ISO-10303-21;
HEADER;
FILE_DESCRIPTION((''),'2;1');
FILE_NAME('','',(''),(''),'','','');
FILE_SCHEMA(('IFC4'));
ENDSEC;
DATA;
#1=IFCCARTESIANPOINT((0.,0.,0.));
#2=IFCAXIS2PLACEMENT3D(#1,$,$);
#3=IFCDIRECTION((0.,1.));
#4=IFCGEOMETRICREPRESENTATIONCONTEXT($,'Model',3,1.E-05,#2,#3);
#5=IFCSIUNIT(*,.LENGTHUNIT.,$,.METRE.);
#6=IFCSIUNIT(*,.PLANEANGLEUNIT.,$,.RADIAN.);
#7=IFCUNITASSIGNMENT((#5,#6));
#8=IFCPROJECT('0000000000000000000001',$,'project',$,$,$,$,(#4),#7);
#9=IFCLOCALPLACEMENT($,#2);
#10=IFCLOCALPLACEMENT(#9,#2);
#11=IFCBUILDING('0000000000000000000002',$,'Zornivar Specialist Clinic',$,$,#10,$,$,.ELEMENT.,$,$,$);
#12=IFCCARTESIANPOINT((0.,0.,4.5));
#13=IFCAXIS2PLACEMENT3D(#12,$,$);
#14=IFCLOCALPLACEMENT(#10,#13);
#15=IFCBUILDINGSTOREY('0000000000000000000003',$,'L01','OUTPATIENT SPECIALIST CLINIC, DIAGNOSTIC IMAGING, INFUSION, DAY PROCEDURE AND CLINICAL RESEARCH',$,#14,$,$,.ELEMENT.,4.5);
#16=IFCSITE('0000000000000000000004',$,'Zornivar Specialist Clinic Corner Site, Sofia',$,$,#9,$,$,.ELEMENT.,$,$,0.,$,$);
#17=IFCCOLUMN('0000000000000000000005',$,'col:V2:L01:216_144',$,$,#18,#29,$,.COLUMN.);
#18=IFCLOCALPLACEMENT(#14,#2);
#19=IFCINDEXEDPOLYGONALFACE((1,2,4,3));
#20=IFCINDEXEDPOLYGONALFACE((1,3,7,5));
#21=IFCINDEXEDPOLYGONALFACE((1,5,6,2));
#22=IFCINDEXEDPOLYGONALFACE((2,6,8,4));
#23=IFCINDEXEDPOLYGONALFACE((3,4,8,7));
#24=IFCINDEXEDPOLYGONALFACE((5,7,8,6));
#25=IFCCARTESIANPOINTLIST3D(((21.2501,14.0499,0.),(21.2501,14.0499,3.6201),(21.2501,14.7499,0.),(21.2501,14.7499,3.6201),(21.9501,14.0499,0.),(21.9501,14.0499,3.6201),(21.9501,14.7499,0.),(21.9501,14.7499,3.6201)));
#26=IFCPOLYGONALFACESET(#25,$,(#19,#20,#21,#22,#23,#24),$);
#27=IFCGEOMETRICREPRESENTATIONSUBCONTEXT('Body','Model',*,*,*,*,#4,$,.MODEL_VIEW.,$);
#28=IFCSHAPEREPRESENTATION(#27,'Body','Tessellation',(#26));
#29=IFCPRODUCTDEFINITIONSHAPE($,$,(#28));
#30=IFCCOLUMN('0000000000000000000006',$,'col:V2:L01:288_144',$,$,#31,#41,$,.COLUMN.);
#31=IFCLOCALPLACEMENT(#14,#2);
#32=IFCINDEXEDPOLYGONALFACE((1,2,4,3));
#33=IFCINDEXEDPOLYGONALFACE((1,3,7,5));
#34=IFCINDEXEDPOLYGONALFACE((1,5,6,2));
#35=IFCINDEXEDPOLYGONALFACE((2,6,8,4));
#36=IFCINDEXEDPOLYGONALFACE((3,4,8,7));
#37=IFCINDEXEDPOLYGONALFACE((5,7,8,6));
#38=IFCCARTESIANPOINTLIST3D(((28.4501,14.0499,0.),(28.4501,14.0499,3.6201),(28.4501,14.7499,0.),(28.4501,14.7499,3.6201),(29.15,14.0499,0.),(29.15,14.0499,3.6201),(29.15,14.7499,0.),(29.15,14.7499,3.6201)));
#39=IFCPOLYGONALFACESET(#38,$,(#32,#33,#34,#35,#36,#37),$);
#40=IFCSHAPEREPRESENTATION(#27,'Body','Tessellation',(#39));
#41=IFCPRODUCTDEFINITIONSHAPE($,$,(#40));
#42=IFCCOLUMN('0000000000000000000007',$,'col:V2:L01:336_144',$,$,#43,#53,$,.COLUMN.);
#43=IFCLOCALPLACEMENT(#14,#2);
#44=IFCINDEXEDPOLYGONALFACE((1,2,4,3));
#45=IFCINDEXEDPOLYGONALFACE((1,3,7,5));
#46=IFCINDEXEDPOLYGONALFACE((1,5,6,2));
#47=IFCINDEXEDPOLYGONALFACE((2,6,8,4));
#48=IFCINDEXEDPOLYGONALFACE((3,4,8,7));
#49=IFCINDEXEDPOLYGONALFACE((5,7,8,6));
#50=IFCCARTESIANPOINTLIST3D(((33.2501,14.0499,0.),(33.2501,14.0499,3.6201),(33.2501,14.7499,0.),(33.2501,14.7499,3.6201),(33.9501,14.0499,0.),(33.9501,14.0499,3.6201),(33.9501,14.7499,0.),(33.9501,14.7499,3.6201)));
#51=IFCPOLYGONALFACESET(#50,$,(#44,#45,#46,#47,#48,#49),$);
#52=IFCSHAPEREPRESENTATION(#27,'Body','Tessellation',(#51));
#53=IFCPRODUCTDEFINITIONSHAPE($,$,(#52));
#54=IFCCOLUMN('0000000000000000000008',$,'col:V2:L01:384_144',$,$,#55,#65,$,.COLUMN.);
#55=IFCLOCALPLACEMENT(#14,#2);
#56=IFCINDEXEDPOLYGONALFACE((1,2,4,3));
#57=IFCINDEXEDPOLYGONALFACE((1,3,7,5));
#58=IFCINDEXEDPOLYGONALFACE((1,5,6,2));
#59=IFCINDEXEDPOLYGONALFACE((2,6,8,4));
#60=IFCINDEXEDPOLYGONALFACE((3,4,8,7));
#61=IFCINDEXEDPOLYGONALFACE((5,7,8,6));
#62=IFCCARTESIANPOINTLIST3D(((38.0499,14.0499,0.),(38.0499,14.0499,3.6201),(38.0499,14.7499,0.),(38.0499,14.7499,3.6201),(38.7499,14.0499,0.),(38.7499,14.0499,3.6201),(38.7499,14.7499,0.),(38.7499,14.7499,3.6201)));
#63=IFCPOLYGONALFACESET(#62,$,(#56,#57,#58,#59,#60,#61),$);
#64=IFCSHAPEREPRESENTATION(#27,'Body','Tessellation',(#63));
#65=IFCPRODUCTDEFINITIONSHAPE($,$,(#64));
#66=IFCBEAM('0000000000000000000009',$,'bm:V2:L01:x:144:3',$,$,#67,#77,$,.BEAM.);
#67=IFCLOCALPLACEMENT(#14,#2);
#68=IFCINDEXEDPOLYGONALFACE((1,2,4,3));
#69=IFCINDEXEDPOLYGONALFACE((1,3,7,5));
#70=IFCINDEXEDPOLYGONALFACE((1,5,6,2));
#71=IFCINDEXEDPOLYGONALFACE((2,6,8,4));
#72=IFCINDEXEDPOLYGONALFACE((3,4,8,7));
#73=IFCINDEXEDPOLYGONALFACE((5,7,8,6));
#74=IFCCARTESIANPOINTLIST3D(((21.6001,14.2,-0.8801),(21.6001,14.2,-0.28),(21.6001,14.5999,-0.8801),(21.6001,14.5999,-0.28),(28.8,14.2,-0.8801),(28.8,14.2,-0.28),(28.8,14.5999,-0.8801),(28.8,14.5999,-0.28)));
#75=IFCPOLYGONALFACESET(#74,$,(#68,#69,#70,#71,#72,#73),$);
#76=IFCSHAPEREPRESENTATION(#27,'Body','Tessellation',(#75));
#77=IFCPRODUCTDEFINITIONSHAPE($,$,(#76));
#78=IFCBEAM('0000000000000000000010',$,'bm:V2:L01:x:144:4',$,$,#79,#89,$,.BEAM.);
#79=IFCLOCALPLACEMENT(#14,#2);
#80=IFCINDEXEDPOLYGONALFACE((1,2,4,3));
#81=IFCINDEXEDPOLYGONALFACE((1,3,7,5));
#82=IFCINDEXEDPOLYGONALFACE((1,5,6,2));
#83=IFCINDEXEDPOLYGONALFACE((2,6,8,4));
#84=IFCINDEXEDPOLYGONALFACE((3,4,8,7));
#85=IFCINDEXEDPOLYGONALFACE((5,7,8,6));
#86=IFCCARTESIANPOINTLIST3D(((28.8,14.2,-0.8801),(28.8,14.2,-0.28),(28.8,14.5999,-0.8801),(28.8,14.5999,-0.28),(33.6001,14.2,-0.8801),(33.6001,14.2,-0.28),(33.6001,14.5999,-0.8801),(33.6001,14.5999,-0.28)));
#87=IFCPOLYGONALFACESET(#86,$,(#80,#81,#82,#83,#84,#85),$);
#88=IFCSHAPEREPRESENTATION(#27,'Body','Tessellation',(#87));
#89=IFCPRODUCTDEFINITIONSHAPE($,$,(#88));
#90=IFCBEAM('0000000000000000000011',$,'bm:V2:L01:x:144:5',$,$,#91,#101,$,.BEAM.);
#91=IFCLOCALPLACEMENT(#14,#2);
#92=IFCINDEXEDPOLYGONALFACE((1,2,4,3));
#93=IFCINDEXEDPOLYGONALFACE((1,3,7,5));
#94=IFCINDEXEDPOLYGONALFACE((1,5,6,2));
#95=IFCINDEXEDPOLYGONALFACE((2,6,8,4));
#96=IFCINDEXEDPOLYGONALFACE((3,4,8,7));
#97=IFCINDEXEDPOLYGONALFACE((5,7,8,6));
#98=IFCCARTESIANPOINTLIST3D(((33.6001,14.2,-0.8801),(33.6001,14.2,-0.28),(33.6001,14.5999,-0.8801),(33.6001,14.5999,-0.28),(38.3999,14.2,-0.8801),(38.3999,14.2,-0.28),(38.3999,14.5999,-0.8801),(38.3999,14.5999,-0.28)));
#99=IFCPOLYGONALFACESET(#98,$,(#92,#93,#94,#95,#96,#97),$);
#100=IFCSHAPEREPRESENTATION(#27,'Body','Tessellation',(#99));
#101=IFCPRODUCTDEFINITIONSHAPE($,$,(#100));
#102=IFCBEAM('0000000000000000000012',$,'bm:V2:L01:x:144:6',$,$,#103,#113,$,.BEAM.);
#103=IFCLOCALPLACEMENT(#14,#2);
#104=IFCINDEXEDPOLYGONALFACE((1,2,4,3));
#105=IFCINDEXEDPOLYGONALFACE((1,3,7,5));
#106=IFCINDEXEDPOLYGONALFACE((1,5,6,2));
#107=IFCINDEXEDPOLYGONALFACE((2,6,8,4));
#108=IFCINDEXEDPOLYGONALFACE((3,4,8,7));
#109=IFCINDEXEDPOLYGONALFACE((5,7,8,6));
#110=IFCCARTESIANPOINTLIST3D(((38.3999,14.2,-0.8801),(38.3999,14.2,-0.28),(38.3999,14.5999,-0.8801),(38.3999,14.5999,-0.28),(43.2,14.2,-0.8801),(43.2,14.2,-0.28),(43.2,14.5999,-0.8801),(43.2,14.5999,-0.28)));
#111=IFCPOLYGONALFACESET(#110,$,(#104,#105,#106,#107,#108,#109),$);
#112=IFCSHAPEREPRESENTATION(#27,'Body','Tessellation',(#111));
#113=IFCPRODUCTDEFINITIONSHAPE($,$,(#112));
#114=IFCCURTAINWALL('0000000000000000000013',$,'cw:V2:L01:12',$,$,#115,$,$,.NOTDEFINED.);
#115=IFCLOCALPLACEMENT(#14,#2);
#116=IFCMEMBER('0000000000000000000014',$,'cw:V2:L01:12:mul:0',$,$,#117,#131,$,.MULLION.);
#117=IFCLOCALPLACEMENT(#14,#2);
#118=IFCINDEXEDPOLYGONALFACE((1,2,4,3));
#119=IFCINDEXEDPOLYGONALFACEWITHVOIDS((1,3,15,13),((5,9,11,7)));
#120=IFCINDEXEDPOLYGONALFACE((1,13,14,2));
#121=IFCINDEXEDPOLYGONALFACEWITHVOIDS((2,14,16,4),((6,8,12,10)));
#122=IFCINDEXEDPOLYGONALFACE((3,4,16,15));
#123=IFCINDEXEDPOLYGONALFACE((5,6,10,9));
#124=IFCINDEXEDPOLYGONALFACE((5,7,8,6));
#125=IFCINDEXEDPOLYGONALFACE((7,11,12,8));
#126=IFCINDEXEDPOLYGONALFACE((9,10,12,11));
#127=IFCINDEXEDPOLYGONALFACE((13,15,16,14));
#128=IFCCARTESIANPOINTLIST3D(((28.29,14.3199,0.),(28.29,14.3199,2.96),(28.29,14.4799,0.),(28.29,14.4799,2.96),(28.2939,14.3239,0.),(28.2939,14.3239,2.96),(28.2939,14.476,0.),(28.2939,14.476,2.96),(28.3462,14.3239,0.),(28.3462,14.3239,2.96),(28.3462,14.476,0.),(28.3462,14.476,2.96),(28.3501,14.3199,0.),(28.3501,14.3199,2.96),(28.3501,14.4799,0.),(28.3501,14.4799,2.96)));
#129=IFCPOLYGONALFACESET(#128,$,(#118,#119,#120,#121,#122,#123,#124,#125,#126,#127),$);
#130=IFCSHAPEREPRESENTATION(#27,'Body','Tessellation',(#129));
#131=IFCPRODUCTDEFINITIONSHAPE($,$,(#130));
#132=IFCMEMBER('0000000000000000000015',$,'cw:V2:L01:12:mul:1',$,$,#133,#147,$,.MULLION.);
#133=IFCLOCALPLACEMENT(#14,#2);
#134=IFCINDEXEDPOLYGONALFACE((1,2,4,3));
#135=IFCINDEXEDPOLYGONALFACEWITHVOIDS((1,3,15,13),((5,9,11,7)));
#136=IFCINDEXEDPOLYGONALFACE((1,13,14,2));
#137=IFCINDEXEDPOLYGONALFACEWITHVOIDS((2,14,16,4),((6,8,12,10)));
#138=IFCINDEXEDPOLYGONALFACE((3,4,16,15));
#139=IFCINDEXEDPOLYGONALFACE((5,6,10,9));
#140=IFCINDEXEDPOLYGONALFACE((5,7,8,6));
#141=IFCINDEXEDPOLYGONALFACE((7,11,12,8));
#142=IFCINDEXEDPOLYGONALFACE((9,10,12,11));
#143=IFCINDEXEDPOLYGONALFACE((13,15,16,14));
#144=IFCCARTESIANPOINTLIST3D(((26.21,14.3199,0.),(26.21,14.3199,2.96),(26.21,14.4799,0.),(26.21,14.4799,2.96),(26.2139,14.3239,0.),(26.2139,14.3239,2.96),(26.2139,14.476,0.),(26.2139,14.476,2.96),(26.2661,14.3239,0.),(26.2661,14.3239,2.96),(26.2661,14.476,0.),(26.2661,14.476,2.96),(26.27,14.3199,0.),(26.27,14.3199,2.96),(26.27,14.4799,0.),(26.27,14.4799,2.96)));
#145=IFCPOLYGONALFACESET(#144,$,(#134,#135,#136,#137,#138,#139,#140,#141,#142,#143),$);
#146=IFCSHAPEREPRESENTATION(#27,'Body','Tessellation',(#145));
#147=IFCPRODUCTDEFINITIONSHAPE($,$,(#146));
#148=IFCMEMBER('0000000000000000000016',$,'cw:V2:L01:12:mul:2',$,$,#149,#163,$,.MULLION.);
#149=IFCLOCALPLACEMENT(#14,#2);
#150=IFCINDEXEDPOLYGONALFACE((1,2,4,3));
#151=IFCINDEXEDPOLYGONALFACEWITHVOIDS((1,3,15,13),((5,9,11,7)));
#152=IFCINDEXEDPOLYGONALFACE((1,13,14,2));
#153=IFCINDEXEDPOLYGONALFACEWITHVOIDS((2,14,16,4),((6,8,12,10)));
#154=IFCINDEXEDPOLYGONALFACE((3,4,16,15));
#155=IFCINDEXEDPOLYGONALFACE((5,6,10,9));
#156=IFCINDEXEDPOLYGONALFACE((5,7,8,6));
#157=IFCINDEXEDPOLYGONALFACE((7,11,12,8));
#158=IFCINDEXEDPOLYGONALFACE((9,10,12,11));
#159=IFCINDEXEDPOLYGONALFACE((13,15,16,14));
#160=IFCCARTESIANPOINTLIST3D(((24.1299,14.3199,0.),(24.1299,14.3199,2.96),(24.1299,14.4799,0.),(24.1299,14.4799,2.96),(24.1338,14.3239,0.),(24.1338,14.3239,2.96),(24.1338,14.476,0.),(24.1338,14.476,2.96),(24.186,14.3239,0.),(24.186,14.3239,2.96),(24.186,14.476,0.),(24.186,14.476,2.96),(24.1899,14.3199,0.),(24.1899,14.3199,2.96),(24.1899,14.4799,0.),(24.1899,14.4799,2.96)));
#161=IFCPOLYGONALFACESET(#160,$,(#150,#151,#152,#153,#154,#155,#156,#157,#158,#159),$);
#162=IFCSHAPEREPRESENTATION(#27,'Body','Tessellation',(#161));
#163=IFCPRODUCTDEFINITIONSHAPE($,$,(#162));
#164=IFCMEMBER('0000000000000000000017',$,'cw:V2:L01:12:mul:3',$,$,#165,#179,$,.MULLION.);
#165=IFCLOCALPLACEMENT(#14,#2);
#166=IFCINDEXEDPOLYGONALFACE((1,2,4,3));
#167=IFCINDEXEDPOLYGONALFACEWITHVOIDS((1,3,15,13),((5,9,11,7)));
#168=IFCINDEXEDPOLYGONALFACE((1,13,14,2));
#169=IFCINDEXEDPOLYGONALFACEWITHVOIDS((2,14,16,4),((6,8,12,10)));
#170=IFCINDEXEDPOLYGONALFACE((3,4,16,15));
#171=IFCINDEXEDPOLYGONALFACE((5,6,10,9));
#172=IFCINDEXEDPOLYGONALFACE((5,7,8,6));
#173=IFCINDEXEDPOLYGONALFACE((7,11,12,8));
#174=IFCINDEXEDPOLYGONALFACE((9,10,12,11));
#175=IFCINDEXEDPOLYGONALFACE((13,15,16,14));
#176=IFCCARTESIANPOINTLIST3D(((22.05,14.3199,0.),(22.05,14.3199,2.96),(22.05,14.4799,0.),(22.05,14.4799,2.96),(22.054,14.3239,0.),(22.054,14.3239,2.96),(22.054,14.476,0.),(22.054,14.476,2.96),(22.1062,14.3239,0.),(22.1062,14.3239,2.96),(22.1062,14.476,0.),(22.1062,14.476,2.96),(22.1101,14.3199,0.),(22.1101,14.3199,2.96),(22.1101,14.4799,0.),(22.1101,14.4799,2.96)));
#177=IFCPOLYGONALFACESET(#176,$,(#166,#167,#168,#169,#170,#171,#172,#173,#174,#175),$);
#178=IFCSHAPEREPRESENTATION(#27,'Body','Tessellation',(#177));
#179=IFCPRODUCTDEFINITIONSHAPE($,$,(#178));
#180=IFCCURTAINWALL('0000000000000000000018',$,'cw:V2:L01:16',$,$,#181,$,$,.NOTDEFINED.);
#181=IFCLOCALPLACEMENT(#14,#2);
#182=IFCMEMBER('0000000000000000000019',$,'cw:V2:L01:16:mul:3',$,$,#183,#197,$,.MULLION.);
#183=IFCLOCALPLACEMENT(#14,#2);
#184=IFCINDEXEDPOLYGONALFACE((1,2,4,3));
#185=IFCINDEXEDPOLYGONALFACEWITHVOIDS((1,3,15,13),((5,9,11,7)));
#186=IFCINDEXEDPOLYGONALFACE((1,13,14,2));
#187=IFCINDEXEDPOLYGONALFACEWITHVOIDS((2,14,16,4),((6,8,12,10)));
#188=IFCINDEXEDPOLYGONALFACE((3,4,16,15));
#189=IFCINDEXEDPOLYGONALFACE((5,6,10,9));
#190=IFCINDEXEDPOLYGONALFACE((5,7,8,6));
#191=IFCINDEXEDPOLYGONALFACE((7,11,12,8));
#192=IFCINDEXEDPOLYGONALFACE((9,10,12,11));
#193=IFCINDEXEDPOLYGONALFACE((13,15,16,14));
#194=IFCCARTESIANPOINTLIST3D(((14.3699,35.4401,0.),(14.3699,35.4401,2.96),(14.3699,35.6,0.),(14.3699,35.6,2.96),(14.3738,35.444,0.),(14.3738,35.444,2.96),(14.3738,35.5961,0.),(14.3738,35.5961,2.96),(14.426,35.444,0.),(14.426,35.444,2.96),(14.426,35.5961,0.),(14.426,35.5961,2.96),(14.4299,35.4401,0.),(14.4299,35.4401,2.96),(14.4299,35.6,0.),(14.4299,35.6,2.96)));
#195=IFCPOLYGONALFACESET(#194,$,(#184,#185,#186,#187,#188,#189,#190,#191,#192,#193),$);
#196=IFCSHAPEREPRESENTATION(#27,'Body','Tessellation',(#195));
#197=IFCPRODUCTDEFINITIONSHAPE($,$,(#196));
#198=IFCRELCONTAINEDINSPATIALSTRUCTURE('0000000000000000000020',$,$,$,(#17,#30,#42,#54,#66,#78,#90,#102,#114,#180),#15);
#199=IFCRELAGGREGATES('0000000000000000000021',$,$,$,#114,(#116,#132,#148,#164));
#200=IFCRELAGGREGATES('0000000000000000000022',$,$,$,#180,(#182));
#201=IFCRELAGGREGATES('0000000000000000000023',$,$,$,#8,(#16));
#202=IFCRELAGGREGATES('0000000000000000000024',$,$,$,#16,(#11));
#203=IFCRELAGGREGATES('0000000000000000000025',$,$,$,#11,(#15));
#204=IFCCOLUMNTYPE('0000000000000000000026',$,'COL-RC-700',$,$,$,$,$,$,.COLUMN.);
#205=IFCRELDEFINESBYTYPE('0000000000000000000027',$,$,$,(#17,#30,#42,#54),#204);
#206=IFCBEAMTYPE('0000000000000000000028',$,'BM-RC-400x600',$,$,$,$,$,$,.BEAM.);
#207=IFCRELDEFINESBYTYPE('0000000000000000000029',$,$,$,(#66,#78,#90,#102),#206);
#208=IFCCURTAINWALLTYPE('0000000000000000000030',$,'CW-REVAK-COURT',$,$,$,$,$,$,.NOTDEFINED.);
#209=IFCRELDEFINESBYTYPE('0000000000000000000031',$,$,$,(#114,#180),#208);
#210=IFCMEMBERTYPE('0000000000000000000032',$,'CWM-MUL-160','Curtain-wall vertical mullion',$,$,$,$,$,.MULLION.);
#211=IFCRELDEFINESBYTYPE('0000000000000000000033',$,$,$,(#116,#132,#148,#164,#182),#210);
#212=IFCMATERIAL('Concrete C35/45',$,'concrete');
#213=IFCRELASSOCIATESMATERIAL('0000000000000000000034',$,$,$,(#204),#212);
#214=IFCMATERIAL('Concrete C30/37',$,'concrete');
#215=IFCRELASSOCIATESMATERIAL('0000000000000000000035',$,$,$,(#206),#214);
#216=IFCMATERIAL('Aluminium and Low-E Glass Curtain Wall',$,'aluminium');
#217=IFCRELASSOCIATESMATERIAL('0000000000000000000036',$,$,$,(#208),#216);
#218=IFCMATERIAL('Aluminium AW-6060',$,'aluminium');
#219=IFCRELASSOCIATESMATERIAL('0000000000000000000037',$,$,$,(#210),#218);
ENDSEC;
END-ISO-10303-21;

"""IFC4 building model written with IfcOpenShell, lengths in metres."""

from ifc_helpers import new_model, si_unit, direction, frame, origin, origin_2d, place, context, subcontext, project, spatial, rectangle, hollow_rectangle, extrude, material, material_profile, profile_set, type_object, element, aggregate, save


model = new_model("IFC4")

# Units and contexts
model_context = context("Model", 3, precision=1e-05, world=origin(), true_north=direction((0.0, 1.0)))
body_context = subcontext(model_context, "Body", "Model", "MODEL_VIEW")
ifc_project = project(units=[si_unit("LENGTHUNIT", "METRE"), si_unit("PLANEANGLEUNIT", "RADIAN")], contexts=[model_context])

# Site, building, storey
site_placement = place(None, origin())
site = spatial("IfcSite", under=ifc_project, at=site_placement, Name="Zornivar Specialist Clinic Corner Site, Sofia", CompositionType="ELEMENT", RefElevation=0.0)
building_placement = place(site_placement, origin())
building = spatial("IfcBuilding", under=site, at=building_placement, Name="Zornivar Specialist Clinic", CompositionType="ELEMENT")
storey_placement = place(building_placement, frame((0.0, 0.0, 4.5)))
storey = spatial("IfcBuildingStorey", under=building, at=storey_placement, Name="L01", Description="OUTPATIENT SPECIALIST CLINIC, DIAGNOSTIC IMAGING, INFUSION, DAY PROCEDURE AND CLINICAL RESEARCH", CompositionType="ELEMENT", Elevation=4.5)

# Columns
ifc_material_1 = material(Name="Concrete C35/45", Category="concrete")
ifc_material_profile_1 = material_profile(ifc_material_1, rectangle(XDim=0.7, YDim=0.7, at=origin_2d()), Name="RC 700x700")
ifc_profile_set_1 = profile_set([ifc_material_profile_1], Name="Concrete C35/45")
column_type = type_object("IfcColumnType", Name="COL-RC-700", PredefinedType="COLUMN", material=ifc_profile_set_1)
for number, where, z_axis, x_axis, name in (
    (1, (21.6001, 14.3999, 0.0), (0.0, 0.0, 1.0), (1.0, 0.0, 0.0), "col:V2:L01:216_144"),
    (2, (28.8, 14.3999, 0.0), (0.0, 0.0, 1.0), (1.0, 0.0, 0.0), "col:V2:L01:288_144"),
    (3, (33.6001, 14.3999, 0.0), (0.0, 0.0, 1.0), (1.0, 0.0, 0.0), "col:V2:L01:336_144"),
    (4, (38.3999, 14.3999, 0.0), (0.0, 0.0, 1.0), (1.0, 0.0, 0.0), "col:V2:L01:384_144"),
):
    element("IfcColumn", number, at=place(storey_placement, frame(where, z_axis=z_axis, x_axis=x_axis)), inside=storey, type_object=column_type, Name=name, PredefinedType="COLUMN", context=body_context, shape_type="SweptSolid", body=[
        extrude(rectangle(XDim=0.7, YDim=0.7, at=origin_2d()), origin(), (0.0, 0.0, 1.0), 3.6201),
    ])

# Beams
ifc_material_2 = material(Name="Concrete C30/37", Category="concrete")
ifc_material_profile_2 = material_profile(ifc_material_2, rectangle(XDim=0.3999, YDim=0.6001, at=origin_2d()), Name="RC 400x600")
ifc_profile_set_2 = profile_set([ifc_material_profile_2], Name="Concrete C30/37")
beam_type = type_object("IfcBeamType", Name="BM-RC-400x600", PredefinedType="BEAM", material=ifc_profile_set_2)
beam_1_placement = place(storey_placement, frame((21.6001, 14.3999, -0.5801), z_axis=(1.0, 0.0, 0.0), x_axis=(0.0, 1.0, 0.0)))
element("IfcBeam", 5, at=beam_1_placement, inside=storey, type_object=beam_type, Name="bm:V2:L01:x:144:3", PredefinedType="BEAM", context=body_context, shape_type="SweptSolid", body=[
    extrude(rectangle(XDim=0.3999, YDim=0.6001, at=origin_2d()), origin(), (0.0, 0.0, 1.0), 7.2),
])
beam_2_placement = place(storey_placement, frame((28.8, 14.3999, -0.5801), z_axis=(1.0, 0.0, 0.0), x_axis=(0.0, 1.0, 0.0)))
element("IfcBeam", 6, at=beam_2_placement, inside=storey, type_object=beam_type, Name="bm:V2:L01:x:144:4", PredefinedType="BEAM", context=body_context, shape_type="SweptSolid", body=[
    extrude(rectangle(XDim=0.3999, YDim=0.6001, at=origin_2d()), origin(), (0.0, 0.0, 1.0), 4.8),
])
beam_3_placement = place(storey_placement, frame((33.6001, 14.3999, -0.5801), z_axis=(1.0, 0.0, 0.0), x_axis=(0.0, 1.0, 0.0)))
element("IfcBeam", 7, at=beam_3_placement, inside=storey, type_object=beam_type, Name="bm:V2:L01:x:144:5", PredefinedType="BEAM", context=body_context, shape_type="SweptSolid", body=[
    extrude(rectangle(XDim=0.3999, YDim=0.6001, at=origin_2d()), origin(), (0.0, 0.0, 1.0), 4.7998),
])
beam_4_placement = place(storey_placement, frame((38.3999, 14.3999, -0.5801), z_axis=(1.0, 0.0, 0.0), x_axis=(0.0, 1.0, 0.0)))
element("IfcBeam", 8, at=beam_4_placement, inside=storey, type_object=beam_type, Name="bm:V2:L01:x:144:6", PredefinedType="BEAM", context=body_context, shape_type="SweptSolid", body=[
    extrude(rectangle(XDim=0.3999, YDim=0.6001, at=origin_2d()), origin(), (0.0, 0.0, 1.0), 4.8),
])

# Curtain wall, members
ifc_material_3 = material(Name="Aluminium and Low-E Glass Curtain Wall", Category="aluminium")
curtain_wall_type = type_object("IfcCurtainWallType", Name="CW-REVAK-COURT", PredefinedType="NOTDEFINED", material=ifc_material_3)
curtain_wall_1_placement = place(storey_placement, origin())
curtain_wall_1 = element("IfcCurtainWall", 9, at=curtain_wall_1_placement, inside=storey, type_object=curtain_wall_type, Name="cw:V2:L01:12", PredefinedType="NOTDEFINED")
ifc_material_4 = material(Name="Aluminium AW-6060", Category="aluminium")
ifc_material_profile_3 = material_profile(ifc_material_4, hollow_rectangle(XDim=0.0601, YDim=0.1599, WallThickness=0.0039, at=origin_2d()), Name="ALU 60x160x4")
ifc_profile_set_3 = profile_set([ifc_material_profile_3], Name="Aluminium AW-6060")
member_type_1 = type_object("IfcMemberType", Name="CWM-MUL-160", Description="Curtain-wall vertical mullion", PredefinedType="MULLION", material=ifc_profile_set_3)
member_1_placement = place(storey_placement, frame((28.3201, 14.3999, 0.0), z_axis=(0.0, 0.0, 1.0), x_axis=(1.0, 0.0, 0.0)))
member_1 = element("IfcMember", 10, at=member_1_placement, type_object=member_type_1, Name="cw:V2:L01:12:mul:0", PredefinedType="MULLION", context=body_context, shape_type="SweptSolid", body=[
    extrude(hollow_rectangle(XDim=0.0601, YDim=0.1599, WallThickness=0.0039, at=origin_2d()), origin(), (0.0, 0.0, 1.0), 2.96),
])
member_2_placement = place(storey_placement, frame((26.24, 14.3999, 0.0), z_axis=(0.0, 0.0, 1.0), x_axis=(1.0, 0.0, 0.0)))
member_2 = element("IfcMember", 11, at=member_2_placement, type_object=member_type_1, Name="cw:V2:L01:12:mul:1", PredefinedType="MULLION", context=body_context, shape_type="SweptSolid", body=[
    extrude(hollow_rectangle(XDim=0.0601, YDim=0.1599, WallThickness=0.0039, at=origin_2d()), origin(), (0.0, 0.0, 1.0), 2.96),
])
member_3_placement = place(storey_placement, frame((24.1599, 14.3999, 0.0), z_axis=(0.0, 0.0, 1.0), x_axis=(1.0, 0.0, 0.0)))
member_3 = element("IfcMember", 12, at=member_3_placement, type_object=member_type_1, Name="cw:V2:L01:12:mul:2", PredefinedType="MULLION", context=body_context, shape_type="SweptSolid", body=[
    extrude(hollow_rectangle(XDim=0.0601, YDim=0.1599, WallThickness=0.0039, at=origin_2d()), origin(), (0.0, 0.0, 1.0), 2.96),
])
member_4_placement = place(storey_placement, frame((22.0801, 14.3999, 0.0), z_axis=(0.0, 0.0, 1.0), x_axis=(1.0, 0.0, 0.0)))
member_4 = element("IfcMember", 13, at=member_4_placement, type_object=member_type_1, Name="cw:V2:L01:12:mul:3", PredefinedType="MULLION", context=body_context, shape_type="SweptSolid", body=[
    extrude(hollow_rectangle(XDim=0.0601, YDim=0.1599, WallThickness=0.0039, at=origin_2d()), origin(), (0.0, 0.0, 1.0), 2.96),
])

# Curtain wall, member
curtain_wall_2_placement = place(storey_placement, origin())
curtain_wall_2 = element("IfcCurtainWall", 14, at=curtain_wall_2_placement, inside=storey, type_object=curtain_wall_type, Name="cw:V2:L01:16", PredefinedType="NOTDEFINED")
member_5_placement = place(storey_placement, frame((14.3999, 35.52, 0.0), z_axis=(0.0, 0.0, 1.0), x_axis=(1.0, 0.0, 0.0)))
member_5 = element("IfcMember", 15, at=member_5_placement, type_object=member_type_1, Name="cw:V2:L01:16:mul:3", PredefinedType="MULLION", context=body_context, shape_type="SweptSolid", body=[
    extrude(hollow_rectangle(XDim=0.0601, YDim=0.1599, WallThickness=0.0039, at=origin_2d()), origin(), (0.0, 0.0, 1.0), 2.96),
])

aggregate(curtain_wall_1, [member_1, member_2, member_3, member_4])
aggregate(curtain_wall_2, [member_5])

save(model, "model.ifc")
